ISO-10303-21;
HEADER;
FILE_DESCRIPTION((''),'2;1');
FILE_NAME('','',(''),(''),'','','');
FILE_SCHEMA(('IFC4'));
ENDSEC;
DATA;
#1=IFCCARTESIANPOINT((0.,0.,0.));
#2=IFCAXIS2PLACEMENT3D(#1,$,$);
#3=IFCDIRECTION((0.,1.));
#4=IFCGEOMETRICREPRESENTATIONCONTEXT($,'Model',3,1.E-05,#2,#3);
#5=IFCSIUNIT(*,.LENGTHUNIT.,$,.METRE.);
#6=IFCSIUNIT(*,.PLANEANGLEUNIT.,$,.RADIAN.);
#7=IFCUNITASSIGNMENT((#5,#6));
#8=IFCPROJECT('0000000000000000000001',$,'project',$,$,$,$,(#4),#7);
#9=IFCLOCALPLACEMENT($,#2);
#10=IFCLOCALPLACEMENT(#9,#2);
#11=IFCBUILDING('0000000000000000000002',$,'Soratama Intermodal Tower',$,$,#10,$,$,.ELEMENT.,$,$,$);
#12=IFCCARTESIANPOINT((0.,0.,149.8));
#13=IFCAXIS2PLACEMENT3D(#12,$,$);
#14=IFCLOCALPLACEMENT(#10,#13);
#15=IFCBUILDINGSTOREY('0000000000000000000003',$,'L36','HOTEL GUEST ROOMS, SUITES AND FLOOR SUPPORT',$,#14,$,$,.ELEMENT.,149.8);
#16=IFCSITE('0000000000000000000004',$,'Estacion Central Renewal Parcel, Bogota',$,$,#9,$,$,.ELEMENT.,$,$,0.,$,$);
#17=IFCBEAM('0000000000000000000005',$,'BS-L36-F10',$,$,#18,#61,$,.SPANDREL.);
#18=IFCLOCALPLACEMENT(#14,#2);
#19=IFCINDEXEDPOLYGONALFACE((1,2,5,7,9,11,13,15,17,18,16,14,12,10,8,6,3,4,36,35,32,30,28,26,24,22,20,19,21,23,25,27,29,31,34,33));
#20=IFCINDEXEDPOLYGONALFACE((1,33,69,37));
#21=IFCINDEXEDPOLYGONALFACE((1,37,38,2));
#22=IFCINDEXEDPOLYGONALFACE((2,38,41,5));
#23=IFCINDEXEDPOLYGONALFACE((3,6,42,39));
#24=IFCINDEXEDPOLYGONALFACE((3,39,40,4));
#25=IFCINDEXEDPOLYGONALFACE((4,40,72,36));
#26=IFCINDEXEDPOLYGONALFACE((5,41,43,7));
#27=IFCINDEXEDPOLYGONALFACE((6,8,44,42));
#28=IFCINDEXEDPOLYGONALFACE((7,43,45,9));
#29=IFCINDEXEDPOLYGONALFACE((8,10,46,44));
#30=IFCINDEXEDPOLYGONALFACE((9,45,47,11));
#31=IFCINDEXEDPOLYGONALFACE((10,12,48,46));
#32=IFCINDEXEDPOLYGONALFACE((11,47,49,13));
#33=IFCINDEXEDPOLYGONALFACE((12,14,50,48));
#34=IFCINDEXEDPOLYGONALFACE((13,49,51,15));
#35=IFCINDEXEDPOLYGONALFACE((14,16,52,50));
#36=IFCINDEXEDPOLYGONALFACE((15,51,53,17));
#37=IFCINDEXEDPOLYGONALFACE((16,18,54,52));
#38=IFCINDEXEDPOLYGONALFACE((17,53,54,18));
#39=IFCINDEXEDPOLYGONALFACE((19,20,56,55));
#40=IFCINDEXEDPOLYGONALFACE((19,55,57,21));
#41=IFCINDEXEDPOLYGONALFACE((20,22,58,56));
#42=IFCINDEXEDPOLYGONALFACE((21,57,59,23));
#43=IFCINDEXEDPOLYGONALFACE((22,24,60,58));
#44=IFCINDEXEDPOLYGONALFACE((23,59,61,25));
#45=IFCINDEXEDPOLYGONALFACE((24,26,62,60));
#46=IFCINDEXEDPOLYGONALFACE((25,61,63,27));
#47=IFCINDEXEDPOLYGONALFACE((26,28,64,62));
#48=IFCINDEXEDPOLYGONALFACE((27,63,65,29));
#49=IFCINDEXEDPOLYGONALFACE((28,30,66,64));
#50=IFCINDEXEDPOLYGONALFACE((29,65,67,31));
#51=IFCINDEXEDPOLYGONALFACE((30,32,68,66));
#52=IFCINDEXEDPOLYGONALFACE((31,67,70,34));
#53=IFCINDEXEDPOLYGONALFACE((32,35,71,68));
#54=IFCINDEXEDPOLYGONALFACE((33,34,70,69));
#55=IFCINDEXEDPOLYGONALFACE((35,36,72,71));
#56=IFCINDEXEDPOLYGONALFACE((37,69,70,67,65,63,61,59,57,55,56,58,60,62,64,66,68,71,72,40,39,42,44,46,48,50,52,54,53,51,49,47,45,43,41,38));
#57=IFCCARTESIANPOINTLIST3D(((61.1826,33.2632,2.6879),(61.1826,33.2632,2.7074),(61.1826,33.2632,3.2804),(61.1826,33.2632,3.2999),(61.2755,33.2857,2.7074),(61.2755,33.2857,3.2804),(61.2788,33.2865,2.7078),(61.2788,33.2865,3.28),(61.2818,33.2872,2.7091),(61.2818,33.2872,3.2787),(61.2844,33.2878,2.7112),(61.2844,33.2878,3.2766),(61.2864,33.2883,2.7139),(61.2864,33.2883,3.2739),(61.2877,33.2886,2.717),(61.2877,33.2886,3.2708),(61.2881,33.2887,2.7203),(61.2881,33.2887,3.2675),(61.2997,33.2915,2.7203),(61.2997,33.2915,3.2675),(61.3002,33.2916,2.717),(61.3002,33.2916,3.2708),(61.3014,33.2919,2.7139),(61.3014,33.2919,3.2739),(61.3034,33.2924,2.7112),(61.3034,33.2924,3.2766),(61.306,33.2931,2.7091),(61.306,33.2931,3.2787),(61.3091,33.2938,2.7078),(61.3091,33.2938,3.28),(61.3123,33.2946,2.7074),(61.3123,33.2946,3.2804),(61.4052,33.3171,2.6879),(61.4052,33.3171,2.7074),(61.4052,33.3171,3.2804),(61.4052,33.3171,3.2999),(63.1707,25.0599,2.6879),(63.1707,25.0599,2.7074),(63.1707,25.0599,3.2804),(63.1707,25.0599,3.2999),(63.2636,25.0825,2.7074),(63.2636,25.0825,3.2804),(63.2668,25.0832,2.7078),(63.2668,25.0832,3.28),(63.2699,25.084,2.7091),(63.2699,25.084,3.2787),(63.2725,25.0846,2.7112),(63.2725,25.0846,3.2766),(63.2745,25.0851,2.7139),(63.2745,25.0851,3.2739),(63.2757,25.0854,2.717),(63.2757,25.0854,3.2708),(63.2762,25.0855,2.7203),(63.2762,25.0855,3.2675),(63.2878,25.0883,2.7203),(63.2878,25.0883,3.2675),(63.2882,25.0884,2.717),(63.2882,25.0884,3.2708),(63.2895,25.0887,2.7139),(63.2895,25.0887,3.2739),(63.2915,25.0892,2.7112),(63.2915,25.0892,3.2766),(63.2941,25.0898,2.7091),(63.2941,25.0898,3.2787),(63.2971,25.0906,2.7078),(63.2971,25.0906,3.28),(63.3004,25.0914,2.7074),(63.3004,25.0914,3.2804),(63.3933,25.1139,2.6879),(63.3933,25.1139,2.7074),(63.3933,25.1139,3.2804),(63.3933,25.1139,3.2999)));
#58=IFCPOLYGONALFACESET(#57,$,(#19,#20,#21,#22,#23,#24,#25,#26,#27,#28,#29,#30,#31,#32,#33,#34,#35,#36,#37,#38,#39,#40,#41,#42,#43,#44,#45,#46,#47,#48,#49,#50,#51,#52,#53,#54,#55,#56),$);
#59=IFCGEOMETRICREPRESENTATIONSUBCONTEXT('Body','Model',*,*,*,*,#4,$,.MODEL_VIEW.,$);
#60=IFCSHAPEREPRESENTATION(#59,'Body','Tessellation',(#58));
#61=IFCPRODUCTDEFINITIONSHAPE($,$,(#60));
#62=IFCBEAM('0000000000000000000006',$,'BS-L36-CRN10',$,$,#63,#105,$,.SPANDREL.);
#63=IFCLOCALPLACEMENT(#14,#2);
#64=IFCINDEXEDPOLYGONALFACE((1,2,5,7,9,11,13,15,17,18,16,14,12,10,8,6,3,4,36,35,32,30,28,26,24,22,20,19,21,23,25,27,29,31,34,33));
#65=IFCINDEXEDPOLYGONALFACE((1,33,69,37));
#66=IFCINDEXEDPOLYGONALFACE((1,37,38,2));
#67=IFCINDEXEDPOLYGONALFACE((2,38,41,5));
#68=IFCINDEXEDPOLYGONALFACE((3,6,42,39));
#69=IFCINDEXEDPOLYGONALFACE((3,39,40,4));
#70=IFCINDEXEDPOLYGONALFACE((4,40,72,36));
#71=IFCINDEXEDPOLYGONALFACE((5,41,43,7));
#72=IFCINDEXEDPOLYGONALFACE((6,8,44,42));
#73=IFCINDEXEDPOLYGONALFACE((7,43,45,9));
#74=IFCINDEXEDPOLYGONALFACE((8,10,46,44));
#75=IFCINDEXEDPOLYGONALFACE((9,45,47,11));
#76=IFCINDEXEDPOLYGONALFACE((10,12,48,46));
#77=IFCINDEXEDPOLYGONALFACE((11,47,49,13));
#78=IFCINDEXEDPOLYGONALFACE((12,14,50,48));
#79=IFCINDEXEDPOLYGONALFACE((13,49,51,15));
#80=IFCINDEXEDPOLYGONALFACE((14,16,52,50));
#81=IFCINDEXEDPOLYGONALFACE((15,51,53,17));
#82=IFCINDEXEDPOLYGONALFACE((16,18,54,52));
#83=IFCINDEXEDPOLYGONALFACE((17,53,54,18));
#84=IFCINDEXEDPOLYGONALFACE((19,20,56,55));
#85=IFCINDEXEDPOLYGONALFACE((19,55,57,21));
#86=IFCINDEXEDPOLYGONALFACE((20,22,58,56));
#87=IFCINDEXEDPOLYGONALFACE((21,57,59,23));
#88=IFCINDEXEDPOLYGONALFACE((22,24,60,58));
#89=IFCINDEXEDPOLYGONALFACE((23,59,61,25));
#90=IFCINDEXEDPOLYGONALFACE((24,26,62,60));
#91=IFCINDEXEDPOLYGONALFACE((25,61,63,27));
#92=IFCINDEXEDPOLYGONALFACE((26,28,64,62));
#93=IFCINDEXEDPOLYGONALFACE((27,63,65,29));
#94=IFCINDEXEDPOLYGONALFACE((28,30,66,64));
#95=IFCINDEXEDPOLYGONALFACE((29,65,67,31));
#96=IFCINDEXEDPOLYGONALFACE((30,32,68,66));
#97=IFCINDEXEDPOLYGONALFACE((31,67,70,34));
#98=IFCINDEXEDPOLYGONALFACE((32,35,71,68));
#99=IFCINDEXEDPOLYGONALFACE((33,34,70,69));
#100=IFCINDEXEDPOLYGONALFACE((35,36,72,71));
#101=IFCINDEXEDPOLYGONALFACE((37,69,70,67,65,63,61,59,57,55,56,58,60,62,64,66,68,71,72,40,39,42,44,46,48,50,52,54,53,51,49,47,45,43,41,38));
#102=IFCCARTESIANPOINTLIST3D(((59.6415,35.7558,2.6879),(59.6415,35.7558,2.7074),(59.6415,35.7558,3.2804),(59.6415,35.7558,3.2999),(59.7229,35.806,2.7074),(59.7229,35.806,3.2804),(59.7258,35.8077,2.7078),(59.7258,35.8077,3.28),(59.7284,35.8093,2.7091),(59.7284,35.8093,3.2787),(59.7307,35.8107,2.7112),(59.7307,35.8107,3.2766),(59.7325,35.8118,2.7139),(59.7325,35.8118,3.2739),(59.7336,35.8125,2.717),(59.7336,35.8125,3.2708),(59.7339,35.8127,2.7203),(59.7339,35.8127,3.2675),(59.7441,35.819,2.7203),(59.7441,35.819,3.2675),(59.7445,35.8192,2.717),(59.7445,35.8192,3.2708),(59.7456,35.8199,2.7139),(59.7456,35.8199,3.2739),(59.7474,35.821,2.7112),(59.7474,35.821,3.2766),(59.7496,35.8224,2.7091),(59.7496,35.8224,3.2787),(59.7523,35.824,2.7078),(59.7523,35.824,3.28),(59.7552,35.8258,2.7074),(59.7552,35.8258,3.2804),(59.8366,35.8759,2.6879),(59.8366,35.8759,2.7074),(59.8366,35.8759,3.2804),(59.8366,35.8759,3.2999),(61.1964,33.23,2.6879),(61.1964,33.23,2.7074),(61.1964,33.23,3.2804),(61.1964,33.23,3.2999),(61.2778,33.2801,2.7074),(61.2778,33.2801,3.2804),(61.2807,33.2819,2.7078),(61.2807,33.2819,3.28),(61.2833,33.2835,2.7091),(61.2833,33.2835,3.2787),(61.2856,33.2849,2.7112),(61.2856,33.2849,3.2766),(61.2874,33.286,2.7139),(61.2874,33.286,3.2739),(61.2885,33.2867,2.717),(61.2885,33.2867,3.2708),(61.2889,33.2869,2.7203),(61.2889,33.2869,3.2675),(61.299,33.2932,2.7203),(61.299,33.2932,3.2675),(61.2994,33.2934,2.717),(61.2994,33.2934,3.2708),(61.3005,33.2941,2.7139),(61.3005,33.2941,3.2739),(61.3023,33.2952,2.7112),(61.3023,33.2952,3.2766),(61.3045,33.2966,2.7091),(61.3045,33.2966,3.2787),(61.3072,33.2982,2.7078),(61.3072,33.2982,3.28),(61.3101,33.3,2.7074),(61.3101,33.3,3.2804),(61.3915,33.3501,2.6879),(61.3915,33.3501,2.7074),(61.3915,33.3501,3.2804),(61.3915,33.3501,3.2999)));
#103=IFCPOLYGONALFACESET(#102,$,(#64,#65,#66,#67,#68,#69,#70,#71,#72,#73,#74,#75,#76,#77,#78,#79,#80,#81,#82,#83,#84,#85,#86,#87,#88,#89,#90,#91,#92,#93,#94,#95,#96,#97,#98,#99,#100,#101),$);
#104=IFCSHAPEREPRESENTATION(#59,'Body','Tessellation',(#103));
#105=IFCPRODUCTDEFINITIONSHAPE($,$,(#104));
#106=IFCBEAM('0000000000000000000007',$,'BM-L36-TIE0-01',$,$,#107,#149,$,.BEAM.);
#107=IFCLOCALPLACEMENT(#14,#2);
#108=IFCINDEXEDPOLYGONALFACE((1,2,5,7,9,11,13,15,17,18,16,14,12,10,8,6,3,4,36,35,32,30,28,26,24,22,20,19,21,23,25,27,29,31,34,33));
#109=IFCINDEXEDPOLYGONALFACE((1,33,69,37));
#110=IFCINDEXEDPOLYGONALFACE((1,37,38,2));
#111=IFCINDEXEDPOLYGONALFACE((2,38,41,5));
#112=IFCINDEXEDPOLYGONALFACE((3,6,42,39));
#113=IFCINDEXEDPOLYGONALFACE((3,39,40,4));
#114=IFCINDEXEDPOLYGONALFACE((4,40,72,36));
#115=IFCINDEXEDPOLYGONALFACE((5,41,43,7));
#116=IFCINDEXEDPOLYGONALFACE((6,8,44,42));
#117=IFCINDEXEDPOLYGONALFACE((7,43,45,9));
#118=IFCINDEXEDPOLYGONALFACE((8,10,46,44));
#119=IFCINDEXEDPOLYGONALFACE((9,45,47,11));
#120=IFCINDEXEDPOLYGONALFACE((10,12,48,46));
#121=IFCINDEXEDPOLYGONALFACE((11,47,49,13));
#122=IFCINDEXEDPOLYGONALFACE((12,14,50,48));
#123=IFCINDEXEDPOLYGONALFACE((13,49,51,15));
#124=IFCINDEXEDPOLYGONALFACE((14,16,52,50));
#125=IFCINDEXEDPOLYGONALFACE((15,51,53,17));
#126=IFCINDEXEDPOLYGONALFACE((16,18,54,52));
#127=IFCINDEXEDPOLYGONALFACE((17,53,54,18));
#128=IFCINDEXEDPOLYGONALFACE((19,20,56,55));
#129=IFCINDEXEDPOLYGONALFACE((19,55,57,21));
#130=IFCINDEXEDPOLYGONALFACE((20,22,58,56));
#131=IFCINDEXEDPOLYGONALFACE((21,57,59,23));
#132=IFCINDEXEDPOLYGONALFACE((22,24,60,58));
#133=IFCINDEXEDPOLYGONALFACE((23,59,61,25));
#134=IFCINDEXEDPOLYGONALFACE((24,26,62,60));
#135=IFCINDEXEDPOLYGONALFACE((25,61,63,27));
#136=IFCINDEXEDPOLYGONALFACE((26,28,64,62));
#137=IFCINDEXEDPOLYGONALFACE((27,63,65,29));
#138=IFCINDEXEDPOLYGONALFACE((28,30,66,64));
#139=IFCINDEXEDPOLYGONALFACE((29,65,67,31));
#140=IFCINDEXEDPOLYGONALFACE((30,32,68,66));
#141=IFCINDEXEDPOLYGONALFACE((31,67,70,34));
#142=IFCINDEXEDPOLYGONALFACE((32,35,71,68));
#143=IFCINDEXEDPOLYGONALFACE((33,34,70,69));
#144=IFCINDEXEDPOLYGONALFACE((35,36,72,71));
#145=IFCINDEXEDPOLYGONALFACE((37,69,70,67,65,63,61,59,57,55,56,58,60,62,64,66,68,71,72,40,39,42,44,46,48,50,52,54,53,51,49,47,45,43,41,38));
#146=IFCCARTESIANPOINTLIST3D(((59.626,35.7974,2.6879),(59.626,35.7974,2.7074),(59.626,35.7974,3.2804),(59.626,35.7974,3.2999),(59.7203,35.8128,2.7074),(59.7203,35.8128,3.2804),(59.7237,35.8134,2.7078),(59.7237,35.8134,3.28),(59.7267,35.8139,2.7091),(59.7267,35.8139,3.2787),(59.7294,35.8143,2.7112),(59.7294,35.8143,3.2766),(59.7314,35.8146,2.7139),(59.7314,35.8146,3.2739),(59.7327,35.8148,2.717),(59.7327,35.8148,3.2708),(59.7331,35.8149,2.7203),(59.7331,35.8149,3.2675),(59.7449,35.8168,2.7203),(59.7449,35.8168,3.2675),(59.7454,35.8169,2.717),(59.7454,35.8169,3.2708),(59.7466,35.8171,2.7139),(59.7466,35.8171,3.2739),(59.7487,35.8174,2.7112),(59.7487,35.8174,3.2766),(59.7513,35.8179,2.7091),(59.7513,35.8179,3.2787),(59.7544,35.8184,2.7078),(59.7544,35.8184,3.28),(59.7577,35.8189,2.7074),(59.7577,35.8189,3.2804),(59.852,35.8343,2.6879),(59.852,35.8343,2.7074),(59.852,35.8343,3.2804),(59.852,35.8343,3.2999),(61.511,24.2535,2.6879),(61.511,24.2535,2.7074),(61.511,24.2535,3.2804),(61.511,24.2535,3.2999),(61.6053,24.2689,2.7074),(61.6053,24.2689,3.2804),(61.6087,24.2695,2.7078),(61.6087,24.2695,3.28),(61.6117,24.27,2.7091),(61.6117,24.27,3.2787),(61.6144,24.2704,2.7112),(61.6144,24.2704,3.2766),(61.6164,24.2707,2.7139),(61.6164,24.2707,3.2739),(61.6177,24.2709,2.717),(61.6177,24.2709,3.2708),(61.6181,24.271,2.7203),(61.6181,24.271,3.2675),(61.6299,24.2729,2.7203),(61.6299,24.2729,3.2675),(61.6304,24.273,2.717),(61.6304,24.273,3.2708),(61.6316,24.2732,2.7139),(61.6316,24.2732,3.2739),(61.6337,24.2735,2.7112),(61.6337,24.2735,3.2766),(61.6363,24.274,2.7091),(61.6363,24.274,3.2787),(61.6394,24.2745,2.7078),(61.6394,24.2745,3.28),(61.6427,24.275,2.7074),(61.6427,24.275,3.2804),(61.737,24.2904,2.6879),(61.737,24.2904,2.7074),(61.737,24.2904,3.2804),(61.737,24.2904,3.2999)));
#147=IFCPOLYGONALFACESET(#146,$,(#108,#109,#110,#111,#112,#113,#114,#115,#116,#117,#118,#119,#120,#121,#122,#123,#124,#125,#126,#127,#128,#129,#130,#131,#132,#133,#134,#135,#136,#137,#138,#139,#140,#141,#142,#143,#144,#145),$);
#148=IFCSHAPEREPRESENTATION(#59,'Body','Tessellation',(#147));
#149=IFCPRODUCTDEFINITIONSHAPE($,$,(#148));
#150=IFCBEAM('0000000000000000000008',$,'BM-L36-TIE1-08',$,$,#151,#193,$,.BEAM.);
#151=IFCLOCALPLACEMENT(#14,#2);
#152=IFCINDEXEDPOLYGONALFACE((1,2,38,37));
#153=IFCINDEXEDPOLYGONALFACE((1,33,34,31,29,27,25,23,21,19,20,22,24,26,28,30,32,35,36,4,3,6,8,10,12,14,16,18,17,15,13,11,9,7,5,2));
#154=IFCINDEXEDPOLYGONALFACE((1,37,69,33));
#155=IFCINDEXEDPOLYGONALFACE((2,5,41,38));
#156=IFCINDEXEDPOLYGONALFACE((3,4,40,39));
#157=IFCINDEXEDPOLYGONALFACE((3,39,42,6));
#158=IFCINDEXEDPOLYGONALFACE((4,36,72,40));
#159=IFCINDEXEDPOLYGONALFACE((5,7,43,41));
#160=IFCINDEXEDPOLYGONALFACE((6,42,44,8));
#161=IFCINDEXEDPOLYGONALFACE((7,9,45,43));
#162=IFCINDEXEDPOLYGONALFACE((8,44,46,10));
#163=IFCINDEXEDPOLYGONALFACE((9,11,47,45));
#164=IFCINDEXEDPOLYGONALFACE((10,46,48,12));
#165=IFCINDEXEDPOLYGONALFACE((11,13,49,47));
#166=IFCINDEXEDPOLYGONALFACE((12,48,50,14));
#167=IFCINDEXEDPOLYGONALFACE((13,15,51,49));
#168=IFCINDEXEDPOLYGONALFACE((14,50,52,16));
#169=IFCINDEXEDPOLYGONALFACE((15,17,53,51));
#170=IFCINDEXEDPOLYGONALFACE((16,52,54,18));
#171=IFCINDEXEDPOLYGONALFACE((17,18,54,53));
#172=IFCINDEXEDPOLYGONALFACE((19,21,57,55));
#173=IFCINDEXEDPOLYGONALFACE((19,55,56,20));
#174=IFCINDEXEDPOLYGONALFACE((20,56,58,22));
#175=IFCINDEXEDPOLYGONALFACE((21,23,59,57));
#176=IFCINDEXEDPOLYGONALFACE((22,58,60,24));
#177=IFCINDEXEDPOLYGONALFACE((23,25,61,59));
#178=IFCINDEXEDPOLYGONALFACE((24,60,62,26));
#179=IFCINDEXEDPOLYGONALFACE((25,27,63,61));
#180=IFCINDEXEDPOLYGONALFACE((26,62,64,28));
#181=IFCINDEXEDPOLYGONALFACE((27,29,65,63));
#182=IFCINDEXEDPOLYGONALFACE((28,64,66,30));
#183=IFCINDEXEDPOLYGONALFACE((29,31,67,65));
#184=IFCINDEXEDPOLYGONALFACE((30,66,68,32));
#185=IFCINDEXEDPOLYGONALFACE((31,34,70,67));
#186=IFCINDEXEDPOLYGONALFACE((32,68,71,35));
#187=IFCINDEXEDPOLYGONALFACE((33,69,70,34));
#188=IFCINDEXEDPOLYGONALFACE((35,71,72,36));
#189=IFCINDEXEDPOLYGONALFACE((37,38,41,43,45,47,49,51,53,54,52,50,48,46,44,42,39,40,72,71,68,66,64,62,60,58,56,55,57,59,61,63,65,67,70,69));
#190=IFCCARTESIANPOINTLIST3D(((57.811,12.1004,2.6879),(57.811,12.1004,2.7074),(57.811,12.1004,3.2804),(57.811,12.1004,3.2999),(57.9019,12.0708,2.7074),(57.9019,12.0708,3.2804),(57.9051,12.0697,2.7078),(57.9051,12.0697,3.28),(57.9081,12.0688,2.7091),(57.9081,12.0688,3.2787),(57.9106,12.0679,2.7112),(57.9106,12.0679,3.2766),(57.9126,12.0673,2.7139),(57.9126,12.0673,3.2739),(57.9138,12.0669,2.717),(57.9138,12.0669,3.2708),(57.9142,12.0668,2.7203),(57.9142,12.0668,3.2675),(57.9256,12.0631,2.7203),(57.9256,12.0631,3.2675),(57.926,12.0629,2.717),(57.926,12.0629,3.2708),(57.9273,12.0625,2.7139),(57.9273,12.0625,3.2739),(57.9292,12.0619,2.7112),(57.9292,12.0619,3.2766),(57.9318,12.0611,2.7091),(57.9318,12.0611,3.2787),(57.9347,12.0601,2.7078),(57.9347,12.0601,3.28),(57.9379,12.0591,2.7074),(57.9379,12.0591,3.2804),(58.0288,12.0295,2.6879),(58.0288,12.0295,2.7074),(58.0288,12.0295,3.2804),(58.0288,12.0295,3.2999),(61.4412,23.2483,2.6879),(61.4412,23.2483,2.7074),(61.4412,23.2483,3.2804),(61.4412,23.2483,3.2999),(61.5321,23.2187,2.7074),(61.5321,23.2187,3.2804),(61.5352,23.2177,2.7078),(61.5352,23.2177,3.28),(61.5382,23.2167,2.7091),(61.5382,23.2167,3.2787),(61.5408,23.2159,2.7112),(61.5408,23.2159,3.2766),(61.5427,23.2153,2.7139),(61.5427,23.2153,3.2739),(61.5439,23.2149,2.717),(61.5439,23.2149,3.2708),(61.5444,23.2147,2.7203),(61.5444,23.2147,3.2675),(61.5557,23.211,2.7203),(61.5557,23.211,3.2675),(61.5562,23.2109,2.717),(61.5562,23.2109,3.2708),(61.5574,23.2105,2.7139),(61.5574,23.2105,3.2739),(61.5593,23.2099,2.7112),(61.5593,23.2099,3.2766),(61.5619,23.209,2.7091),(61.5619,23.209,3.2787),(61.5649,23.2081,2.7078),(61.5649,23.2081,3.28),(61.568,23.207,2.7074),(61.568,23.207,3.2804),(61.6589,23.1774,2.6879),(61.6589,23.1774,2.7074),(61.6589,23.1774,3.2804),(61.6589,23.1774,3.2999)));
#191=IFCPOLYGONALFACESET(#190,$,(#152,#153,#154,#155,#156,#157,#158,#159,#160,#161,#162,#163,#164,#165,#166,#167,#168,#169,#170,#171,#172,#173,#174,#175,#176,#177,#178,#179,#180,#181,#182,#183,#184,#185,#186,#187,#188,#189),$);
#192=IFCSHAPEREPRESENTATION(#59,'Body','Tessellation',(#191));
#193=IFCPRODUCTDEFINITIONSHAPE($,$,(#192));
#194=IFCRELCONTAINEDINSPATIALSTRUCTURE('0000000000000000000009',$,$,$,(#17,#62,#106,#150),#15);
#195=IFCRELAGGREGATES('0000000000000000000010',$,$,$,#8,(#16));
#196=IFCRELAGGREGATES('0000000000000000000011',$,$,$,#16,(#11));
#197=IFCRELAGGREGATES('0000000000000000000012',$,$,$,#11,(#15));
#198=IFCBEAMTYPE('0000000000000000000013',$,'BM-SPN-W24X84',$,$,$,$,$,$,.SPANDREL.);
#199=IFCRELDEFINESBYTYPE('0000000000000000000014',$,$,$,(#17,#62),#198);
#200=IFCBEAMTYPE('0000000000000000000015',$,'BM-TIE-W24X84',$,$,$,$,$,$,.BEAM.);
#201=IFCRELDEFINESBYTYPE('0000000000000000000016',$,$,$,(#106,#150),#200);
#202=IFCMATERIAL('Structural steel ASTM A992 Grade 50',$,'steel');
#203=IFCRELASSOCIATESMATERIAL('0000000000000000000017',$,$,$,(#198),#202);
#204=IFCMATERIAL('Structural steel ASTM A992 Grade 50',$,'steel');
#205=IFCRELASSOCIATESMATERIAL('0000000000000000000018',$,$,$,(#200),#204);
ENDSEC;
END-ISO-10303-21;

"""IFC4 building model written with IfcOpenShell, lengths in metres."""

from ifc_helpers import new_model, si_unit, direction, frame, origin, origin_2d, place, context, subcontext, project, spatial, i_section, extrude, material, material_profile, profile_set, type_object, element, save


model = new_model("IFC4")

# Units and contexts
model_context = context("Model", 3, precision=1e-05, world=origin(), true_north=direction((0.0, 1.0)))
body_context = subcontext(model_context, "Body", "Model", "MODEL_VIEW")
ifc_project = project(units=[si_unit("LENGTHUNIT", "METRE"), si_unit("PLANEANGLEUNIT", "RADIAN")], contexts=[model_context])

# Site, building, storey
site_placement = place(None, origin())
site = spatial("IfcSite", under=ifc_project, at=site_placement, Name="Estacion Central Renewal Parcel, Bogota", CompositionType="ELEMENT", RefElevation=0.0)
building_placement = place(site_placement, origin())
building = spatial("IfcBuilding", under=site, at=building_placement, Name="Soratama Intermodal Tower", CompositionType="ELEMENT")
storey_placement = place(building_placement, frame((0.0, 0.0, 149.8)))
storey = spatial("IfcBuildingStorey", under=building, at=storey_placement, Name="L36", Description="HOTEL GUEST ROOMS, SUITES AND FLOOR SUPPORT", CompositionType="ELEMENT", Elevation=149.8)

# Beams
ifc_material_1 = material(Name="Structural steel ASTM A992 Grade 50", Category="steel")
ifc_material_profile_1 = material_profile(ifc_material_1, i_section(OverallWidth=0.229, OverallDepth=0.6121, WebThickness=0.012, FlangeThickness=0.0195, FilletRadius=0.0129, at=origin_2d()), Name="W24X84")
ifc_profile_set_1 = profile_set([ifc_material_profile_1], Name="Structural steel ASTM A992 Grade 50")
beam_type_1 = type_object("IfcBeamType", Name="BM-SPN-W24X84", PredefinedType="SPANDREL", material=ifc_profile_set_1)
beam_1_placement = place(storey_placement, frame((63.282, 25.0869, 2.9939), z_axis=(-0.235533, 0.971866, 0.0), x_axis=(-0.971866, -0.235533, 0.0)))
element("IfcBeam", 1, at=beam_1_placement, inside=storey, type_object=beam_type_1, Name="BS-L36-F10", PredefinedType="SPANDREL", context=body_context, shape_type="SweptSolid", body=[
    extrude(i_section(OverallWidth=0.229, OverallDepth=0.6121, WebThickness=0.012, FlangeThickness=0.0195, FilletRadius=0.0129, at=origin_2d()), origin(), (0.0, 0.0, 1.0), 8.4407),
])
beam_2_placement = place(storey_placement, frame((61.2939, 33.29, 2.9939), z_axis=(-0.524231, 0.851576, 0.0), x_axis=(-0.851576, -0.524231, 0.0)))
element("IfcBeam", 2, at=beam_2_placement, inside=storey, type_object=beam_type_1, Name="BS-L36-CRN10", PredefinedType="SPANDREL", context=body_context, shape_type="SweptSolid", body=[
    extrude(i_section(OverallWidth=0.229, OverallDepth=0.6121, WebThickness=0.012, FlangeThickness=0.0195, FilletRadius=0.0129, at=origin_2d()), origin(), (0.0, 0.0, 1.0), 2.9661),
])
ifc_material_2 = material(Name="Structural steel ASTM A992 Grade 50", Category="steel")
ifc_material_profile_2 = material_profile(ifc_material_2, i_section(OverallWidth=0.229, OverallDepth=0.6121, WebThickness=0.012, FlangeThickness=0.0195, FilletRadius=0.0129, at=origin_2d()), Name="W24X84")
ifc_profile_set_2 = profile_set([ifc_material_profile_2], Name="Structural steel ASTM A992 Grade 50")
beam_type_2 = type_object("IfcBeamType", Name="BM-TIE-W24X84", PredefinedType="BEAM", material=ifc_profile_set_2)
beam_3_placement = place(storey_placement, frame((61.624, 24.272, 2.9939), z_axis=(-0.161156, 0.986929, 0.0), x_axis=(-0.986929, -0.161156, 0.0)))
element("IfcBeam", 3, at=beam_3_placement, inside=storey, type_object=beam_type_2, Name="BM-L36-TIE0-01", PredefinedType="BEAM", context=body_context, shape_type="SweptSolid", body=[
    extrude(i_section(OverallWidth=0.229, OverallDepth=0.6121, WebThickness=0.012, FlangeThickness=0.0195, FilletRadius=0.0129, at=origin_2d()), origin(), (0.0, 0.0, 1.0), 11.6968),
])
beam_4_placement = place(storey_placement, frame((61.55, 23.2129, 2.9939), z_axis=(-0.309629, -0.950857, 0.0), x_axis=(0.950857, -0.309629, 0.0)))
element("IfcBeam", 4, at=beam_4_placement, inside=storey, type_object=beam_type_2, Name="BM-L36-TIE1-08", PredefinedType="BEAM", context=body_context, shape_type="SweptSolid", body=[
    extrude(i_section(OverallWidth=0.229, OverallDepth=0.6121, WebThickness=0.012, FlangeThickness=0.0195, FilletRadius=0.0129, at=origin_2d()), origin(), (0.0, 0.0, 1.0), 11.7241),
])

save(model, "model.ifc")
